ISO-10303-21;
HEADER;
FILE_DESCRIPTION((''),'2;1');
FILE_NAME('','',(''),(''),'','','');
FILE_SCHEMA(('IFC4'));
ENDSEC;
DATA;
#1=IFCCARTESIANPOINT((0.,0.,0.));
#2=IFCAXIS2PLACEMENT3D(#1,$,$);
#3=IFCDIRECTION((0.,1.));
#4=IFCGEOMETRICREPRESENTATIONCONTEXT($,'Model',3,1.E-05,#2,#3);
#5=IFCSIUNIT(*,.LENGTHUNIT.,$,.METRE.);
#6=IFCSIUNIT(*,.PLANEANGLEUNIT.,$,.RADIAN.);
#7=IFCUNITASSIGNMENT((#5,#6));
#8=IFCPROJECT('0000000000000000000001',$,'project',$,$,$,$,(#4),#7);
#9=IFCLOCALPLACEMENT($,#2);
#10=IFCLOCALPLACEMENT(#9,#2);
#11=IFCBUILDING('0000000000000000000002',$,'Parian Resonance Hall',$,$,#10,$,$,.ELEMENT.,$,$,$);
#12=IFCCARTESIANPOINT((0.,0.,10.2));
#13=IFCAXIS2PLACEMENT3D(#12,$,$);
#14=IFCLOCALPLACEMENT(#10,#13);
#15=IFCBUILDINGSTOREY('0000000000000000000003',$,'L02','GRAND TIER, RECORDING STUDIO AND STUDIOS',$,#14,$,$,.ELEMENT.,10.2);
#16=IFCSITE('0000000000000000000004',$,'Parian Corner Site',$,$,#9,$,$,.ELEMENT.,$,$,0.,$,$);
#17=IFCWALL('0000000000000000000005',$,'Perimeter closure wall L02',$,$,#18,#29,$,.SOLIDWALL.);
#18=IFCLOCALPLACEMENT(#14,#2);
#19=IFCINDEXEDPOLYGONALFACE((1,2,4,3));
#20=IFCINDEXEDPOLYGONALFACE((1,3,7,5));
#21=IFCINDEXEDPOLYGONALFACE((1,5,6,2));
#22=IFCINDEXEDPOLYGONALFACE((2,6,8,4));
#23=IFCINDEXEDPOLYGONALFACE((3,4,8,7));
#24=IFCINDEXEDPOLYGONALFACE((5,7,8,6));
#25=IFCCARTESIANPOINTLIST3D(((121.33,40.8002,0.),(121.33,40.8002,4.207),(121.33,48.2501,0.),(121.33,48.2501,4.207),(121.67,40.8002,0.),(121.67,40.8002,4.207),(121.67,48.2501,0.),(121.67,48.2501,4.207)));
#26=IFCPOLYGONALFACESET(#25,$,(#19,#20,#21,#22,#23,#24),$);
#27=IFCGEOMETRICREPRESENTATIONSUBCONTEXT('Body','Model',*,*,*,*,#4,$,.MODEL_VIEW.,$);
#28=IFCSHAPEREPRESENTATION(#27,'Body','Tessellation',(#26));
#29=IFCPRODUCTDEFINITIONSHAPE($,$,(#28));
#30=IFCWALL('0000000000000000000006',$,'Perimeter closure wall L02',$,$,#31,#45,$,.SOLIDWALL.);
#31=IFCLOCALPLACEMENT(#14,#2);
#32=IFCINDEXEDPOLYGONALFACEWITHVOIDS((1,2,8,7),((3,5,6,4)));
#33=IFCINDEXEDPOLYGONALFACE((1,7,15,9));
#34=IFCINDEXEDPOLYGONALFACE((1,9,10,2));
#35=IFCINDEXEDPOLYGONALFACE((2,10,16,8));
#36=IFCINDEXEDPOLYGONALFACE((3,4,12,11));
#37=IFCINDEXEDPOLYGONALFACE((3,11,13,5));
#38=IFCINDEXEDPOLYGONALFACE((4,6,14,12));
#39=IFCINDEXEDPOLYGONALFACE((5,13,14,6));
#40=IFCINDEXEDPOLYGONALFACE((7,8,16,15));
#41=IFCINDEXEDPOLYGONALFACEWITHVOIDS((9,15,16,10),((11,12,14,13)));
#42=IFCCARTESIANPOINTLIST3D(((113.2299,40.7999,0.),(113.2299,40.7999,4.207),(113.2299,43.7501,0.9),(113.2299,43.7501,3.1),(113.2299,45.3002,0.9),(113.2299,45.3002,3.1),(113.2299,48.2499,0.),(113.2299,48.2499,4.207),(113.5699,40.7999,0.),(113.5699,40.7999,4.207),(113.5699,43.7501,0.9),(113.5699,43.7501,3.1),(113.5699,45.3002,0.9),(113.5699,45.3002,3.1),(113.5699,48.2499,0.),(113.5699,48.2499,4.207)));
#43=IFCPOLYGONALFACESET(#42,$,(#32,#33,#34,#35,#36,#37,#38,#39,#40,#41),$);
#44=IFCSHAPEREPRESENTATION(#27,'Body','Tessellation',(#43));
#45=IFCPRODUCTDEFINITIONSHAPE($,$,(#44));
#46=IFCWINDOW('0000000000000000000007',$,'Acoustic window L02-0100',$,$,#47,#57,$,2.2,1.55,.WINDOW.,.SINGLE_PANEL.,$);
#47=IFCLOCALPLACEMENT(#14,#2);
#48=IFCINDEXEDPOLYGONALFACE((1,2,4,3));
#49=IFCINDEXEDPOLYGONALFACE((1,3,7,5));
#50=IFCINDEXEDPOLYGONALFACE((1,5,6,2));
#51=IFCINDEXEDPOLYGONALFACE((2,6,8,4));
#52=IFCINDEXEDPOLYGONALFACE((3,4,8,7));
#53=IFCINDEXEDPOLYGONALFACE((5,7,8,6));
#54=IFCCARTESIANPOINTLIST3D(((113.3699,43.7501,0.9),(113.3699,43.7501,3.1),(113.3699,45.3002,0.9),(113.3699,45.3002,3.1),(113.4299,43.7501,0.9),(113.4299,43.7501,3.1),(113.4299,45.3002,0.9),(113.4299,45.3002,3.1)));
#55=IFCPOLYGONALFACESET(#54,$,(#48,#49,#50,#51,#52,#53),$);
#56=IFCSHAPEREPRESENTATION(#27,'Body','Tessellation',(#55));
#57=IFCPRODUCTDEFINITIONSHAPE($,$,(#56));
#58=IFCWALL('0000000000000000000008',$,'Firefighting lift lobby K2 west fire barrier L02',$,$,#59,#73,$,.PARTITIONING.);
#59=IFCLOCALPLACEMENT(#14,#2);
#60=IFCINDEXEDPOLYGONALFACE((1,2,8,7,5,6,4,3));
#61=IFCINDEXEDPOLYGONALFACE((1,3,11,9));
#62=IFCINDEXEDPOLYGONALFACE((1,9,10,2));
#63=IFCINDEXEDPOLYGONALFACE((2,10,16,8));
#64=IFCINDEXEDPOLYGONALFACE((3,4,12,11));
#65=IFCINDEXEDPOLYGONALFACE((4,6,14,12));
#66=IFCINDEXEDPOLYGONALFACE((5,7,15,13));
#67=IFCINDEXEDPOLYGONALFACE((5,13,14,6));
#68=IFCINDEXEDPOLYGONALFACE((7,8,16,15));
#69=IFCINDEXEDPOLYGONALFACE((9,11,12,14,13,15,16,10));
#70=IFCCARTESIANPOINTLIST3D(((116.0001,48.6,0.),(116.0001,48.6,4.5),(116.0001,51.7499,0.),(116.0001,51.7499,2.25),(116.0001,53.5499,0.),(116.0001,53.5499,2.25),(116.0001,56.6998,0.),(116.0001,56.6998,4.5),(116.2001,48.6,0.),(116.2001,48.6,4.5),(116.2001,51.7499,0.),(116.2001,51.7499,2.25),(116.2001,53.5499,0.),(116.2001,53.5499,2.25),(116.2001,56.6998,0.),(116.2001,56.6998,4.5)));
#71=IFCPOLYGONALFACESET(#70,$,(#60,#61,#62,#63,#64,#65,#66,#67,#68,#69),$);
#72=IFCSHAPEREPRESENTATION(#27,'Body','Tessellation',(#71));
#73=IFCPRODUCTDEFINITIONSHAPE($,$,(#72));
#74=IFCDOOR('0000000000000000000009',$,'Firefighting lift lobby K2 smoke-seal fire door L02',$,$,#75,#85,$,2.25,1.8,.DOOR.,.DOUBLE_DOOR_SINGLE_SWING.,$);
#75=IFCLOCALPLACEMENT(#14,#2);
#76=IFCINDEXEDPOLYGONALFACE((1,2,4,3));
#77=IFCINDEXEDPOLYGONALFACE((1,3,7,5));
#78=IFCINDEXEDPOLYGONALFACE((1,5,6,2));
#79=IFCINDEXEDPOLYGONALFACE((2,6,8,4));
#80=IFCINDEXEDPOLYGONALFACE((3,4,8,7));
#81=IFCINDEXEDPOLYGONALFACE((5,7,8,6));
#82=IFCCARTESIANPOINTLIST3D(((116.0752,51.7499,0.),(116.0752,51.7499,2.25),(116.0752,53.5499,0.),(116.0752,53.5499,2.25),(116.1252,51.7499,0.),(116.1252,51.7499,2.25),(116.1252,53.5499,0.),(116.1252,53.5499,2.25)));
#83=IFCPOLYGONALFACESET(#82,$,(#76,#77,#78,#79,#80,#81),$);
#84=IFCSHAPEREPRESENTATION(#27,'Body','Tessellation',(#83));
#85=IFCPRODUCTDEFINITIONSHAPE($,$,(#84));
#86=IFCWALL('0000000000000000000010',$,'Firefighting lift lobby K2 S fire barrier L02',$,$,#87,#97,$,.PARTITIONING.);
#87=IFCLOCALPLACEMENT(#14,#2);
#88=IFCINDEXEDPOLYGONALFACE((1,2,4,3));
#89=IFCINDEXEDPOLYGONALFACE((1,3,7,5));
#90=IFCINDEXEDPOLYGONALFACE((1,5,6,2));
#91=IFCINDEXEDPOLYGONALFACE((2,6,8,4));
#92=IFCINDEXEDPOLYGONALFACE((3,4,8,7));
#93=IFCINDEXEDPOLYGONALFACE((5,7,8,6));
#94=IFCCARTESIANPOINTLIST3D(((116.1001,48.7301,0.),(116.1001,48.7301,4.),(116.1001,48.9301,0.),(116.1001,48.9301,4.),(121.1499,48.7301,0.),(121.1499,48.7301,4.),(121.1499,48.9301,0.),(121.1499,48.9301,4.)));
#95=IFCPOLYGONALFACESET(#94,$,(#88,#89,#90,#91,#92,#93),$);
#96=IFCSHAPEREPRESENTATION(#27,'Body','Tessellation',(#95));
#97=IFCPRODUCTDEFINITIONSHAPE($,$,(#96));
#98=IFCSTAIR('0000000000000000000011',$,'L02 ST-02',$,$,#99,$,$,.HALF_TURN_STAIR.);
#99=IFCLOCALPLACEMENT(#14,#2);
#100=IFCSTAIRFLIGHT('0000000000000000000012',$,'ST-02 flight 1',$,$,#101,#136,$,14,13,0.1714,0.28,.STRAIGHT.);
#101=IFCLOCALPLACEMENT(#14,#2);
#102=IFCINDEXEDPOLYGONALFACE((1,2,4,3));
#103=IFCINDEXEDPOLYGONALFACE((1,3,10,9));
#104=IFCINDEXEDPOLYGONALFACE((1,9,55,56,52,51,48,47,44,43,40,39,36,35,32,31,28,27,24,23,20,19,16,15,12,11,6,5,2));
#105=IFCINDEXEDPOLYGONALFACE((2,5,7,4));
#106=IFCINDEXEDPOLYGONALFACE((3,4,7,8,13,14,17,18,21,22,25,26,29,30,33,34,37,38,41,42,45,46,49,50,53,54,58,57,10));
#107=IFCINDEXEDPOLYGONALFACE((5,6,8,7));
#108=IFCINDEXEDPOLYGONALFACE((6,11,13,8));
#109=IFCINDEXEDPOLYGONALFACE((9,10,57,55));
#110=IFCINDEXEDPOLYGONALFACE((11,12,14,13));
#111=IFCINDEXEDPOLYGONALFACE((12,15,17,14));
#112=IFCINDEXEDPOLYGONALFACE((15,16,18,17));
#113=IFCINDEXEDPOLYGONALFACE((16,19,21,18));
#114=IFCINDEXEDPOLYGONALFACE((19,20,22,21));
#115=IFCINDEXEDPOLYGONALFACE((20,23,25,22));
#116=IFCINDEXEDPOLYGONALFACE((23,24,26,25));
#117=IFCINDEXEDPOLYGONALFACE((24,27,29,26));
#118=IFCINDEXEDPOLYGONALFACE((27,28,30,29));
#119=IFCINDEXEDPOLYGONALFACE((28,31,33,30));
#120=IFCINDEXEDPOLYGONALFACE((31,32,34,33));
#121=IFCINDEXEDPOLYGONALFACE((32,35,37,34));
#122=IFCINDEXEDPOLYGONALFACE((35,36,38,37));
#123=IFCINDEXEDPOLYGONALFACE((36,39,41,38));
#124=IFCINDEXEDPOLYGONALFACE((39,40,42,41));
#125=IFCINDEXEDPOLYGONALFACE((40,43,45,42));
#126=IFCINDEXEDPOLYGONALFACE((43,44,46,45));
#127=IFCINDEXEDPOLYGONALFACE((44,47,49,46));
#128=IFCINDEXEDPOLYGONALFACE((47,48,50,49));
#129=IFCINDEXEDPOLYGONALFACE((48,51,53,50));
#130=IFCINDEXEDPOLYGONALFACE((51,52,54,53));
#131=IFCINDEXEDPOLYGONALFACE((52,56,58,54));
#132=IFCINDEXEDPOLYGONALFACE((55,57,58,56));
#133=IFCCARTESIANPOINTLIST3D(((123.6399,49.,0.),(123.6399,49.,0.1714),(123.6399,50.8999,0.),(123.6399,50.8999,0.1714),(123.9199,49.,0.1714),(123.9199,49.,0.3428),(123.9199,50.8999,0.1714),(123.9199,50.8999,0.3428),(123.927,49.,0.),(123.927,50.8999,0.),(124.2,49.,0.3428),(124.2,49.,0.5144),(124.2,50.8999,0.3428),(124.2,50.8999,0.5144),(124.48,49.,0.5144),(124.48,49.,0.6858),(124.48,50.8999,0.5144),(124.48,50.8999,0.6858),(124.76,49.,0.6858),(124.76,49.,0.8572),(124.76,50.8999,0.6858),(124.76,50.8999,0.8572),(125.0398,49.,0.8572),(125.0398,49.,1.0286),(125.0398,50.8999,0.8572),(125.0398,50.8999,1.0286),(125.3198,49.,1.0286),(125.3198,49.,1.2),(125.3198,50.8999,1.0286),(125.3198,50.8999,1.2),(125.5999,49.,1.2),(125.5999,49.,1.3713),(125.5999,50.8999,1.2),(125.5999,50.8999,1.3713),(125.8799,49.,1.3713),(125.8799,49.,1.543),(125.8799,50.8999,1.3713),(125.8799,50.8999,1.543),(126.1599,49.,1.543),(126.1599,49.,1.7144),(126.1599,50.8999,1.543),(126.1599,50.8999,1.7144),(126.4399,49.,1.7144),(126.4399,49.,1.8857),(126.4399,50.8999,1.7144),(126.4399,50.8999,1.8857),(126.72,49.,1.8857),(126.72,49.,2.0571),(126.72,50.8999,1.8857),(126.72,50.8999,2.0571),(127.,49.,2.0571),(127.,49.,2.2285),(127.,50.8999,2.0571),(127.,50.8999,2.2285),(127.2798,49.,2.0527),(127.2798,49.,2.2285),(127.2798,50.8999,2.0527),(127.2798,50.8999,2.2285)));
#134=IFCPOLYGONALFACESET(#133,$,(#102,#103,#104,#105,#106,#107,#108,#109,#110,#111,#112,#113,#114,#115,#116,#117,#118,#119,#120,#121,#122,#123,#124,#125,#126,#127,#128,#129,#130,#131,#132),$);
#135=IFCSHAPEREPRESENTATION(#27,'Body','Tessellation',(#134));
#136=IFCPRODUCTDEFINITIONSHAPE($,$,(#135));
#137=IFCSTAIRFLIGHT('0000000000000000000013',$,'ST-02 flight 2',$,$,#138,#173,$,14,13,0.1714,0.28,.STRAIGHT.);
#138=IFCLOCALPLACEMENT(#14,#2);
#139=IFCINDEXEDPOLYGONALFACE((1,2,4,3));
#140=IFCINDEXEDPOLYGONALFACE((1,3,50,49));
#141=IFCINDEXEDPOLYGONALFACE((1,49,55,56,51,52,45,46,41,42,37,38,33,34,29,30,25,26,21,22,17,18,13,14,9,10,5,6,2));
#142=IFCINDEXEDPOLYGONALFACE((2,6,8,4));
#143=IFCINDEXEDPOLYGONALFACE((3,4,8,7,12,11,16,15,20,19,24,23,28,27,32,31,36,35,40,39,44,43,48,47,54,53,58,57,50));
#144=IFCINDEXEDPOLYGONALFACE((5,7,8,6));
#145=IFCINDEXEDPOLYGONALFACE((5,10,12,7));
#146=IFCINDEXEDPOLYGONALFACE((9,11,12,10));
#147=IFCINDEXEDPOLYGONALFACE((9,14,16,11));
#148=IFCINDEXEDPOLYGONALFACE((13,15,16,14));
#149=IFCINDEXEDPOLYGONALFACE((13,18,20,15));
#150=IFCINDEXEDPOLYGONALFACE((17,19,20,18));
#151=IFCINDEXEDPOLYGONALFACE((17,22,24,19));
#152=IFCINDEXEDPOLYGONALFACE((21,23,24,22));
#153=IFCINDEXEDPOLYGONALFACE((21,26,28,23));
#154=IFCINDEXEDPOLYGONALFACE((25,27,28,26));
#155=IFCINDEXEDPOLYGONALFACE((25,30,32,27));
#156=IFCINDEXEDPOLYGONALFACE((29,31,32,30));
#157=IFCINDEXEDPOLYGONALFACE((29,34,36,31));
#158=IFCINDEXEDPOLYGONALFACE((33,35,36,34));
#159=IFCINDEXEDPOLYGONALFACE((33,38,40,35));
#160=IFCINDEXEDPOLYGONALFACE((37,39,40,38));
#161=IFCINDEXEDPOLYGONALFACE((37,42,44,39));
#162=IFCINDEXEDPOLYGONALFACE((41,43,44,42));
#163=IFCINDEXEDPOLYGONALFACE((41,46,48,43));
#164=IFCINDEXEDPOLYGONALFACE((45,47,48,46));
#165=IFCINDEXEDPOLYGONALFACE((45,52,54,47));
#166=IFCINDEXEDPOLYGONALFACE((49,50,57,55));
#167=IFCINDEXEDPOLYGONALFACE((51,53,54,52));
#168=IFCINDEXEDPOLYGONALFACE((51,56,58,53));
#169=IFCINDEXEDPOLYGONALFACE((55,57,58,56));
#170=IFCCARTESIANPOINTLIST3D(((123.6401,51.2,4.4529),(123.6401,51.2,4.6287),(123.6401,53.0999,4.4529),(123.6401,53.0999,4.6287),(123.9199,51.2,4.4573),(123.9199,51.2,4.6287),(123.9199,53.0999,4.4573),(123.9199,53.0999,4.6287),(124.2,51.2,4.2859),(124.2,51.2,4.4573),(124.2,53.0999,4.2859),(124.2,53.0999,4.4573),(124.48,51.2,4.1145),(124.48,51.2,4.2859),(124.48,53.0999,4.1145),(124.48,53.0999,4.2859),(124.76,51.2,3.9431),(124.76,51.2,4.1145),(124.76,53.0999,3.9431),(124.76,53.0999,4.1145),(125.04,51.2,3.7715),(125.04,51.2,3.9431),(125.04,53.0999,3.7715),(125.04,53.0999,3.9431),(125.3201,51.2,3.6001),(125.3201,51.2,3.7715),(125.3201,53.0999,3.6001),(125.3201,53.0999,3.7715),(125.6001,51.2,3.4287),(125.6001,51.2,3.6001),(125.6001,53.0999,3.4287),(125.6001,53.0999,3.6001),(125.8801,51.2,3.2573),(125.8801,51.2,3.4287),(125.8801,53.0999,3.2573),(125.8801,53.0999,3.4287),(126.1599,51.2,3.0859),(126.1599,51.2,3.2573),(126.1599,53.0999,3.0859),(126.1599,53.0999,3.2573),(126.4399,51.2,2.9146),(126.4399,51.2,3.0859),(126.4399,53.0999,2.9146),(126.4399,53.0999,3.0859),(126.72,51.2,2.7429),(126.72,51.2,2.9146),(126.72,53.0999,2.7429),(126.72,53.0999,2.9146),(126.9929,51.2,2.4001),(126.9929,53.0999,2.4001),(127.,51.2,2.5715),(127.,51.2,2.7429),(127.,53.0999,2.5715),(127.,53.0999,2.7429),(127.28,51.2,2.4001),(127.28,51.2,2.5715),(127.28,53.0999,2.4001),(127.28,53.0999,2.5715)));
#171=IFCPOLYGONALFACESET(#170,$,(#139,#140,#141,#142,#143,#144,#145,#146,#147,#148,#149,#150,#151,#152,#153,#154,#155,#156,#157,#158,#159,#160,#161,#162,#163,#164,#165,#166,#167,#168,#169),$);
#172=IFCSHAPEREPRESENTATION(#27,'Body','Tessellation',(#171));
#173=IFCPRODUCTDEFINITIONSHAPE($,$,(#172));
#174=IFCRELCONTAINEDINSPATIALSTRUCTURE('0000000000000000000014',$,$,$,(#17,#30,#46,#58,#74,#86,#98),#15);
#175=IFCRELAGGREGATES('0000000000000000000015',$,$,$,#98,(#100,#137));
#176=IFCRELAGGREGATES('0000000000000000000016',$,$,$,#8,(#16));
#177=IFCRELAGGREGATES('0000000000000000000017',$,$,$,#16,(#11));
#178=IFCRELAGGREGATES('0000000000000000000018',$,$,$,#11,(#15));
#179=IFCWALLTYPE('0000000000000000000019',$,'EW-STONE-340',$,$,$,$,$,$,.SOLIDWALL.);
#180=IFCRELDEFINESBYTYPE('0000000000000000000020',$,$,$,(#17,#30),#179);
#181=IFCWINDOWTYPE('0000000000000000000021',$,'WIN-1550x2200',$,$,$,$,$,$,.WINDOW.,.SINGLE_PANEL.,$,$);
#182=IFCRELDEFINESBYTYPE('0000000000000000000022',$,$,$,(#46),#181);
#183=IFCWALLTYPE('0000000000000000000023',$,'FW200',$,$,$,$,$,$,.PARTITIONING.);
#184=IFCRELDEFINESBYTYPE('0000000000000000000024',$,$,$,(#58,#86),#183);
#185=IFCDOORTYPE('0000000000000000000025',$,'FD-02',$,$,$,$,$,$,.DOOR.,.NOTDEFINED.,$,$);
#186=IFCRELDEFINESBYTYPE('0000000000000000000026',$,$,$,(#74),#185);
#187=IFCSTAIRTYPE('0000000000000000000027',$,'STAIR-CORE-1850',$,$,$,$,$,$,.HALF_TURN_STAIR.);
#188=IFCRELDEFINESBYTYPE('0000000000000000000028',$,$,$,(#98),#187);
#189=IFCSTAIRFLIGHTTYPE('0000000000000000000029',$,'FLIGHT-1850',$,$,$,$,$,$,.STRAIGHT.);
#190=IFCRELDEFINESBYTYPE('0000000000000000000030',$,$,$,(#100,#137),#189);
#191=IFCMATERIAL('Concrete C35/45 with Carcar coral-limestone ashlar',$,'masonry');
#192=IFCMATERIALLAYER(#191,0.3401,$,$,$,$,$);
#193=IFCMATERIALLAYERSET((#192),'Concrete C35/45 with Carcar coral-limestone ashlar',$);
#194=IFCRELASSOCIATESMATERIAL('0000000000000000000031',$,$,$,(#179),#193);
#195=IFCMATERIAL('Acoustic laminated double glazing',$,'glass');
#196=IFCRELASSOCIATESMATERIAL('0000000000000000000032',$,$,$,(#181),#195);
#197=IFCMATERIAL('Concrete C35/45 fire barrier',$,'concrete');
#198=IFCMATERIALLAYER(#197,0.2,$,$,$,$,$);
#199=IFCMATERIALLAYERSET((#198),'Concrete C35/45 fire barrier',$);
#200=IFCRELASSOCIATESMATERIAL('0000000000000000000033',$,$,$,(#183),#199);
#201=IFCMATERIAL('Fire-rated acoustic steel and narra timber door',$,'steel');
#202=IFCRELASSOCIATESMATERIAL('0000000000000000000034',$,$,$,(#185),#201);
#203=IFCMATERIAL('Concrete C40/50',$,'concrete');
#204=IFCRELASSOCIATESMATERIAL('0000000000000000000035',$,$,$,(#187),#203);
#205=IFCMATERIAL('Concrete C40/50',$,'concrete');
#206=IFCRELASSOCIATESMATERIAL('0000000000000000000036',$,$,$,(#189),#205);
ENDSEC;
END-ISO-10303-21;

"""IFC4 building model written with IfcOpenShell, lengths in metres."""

from ifc_helpers import new_model, si_unit, direction, frame, frame_2d, origin, place, context, subcontext, project, spatial, polyline, rectangle, outline, extrude, material, layer, layer_set, type_object, element, fill, aggregate, save


model = new_model("IFC4")

# Units and contexts
model_context = context("Model", 3, precision=1e-05, world=origin(), true_north=direction((0.0, 1.0)))
body_context = subcontext(model_context, "Body", "Model", "MODEL_VIEW")
ifc_project = project(units=[si_unit("LENGTHUNIT", "METRE"), si_unit("PLANEANGLEUNIT", "RADIAN")], contexts=[model_context])

# Site, building, storey
site_placement = place(None, origin())
site = spatial("IfcSite", under=ifc_project, at=site_placement, Name="Parian Corner Site", CompositionType="ELEMENT", RefElevation=0.0)
building_placement = place(site_placement, origin())
building = spatial("IfcBuilding", under=site, at=building_placement, Name="Parian Resonance Hall", CompositionType="ELEMENT")
storey_placement = place(building_placement, frame((0.0, 0.0, 10.2)))
storey = spatial("IfcBuildingStorey", under=building, at=storey_placement, Name="L02", Description="GRAND TIER, RECORDING STUDIO AND STUDIOS", CompositionType="ELEMENT", Elevation=10.2)

# Wall
ifc_material_1 = material(Name="Concrete C35/45 with Carcar coral-limestone ashlar", Category="masonry")
ifc_layer_1 = layer(ifc_material_1, 0.3401)
ifc_layer_set_1 = layer_set([ifc_layer_1], Name="Concrete C35/45 with Carcar coral-limestone ashlar")
wall_type_1 = type_object("IfcWallType", Name="EW-STONE-340", PredefinedType="SOLIDWALL", material=ifc_layer_set_1)
wall_1_placement = place(storey_placement, frame((121.5, 40.8, 0.0), z_axis=(0.0, 0.0, 1.0), x_axis=(0.0, 1.0, 0.0)))
element("IfcWall", 1, at=wall_1_placement, inside=storey, type_object=wall_type_1, Name="Perimeter closure wall L02", PredefinedType="SOLIDWALL", context=body_context, shape_type="SweptSolid", body=[
    extrude(rectangle(XDim=7.45, YDim=0.3401, at=frame_2d((3.7251, 0.0))), origin(), (0.0, 0.0, 1.0), 4.207),
])

# Wall, opening, window
wall_2_placement = place(storey_placement, frame((113.3999, 48.25, 0.0), z_axis=(0.0, 0.0, 1.0), x_axis=(0.0, -1.0, 0.0)))
wall_2 = element("IfcWall", 2, at=wall_2_placement, inside=storey, type_object=wall_type_1, Name="Perimeter closure wall L02", PredefinedType="SOLIDWALL", context=body_context, shape_type="SweptSolid", body=[
    extrude(rectangle(XDim=7.45, YDim=0.3401, at=frame_2d((3.7251, 0.0))), origin(), (0.0, 0.0, 1.0), 4.207),
])
opening_1_placement = place(wall_2_placement, frame((2.95, 0.0, 0.8999)))
opening_1 = element("IfcOpeningElement", 3, at=opening_1_placement, cuts=wall_2, PredefinedType="OPENING", context=body_context, shape_type="SweptSolid", body=[
    extrude(rectangle(XDim=1.55, YDim=2.2, at=frame_2d((0.7749, 1.1001))), frame((0.0, 0.1799, 0.0), z_axis=(0.0, -1.0, 0.0), x_axis=(1.0, 0.0, 0.0)), (0.0, 0.0, 1.0), 0.3601),
])
ifc_material_2 = material(Name="Acoustic laminated double glazing", Category="glass")
window_type = type_object("IfcWindowType", Name="WIN-1550x2200", PartitioningType="SINGLE_PANEL", PredefinedType="WINDOW", material=ifc_material_2)
window_placement = place(opening_1_placement, origin())
window = element("IfcWindow", 4, at=window_placement, inside=storey, type_object=window_type, Name="Acoustic window L02-0100", OverallHeight=2.2, OverallWidth=1.55, PartitioningType="SINGLE_PANEL", PredefinedType="WINDOW", context=body_context, shape_type="SweptSolid", body=[
    extrude(rectangle(XDim=1.55, YDim=2.2, at=frame_2d((0.7749, 1.1001))), frame((0.0, 0.03, 0.0), z_axis=(0.0, -1.0, 0.0), x_axis=(1.0, 0.0, 0.0)), (0.0, 0.0, 1.0), 0.0601),
])
fill(opening_1, window)

# Wall, opening, door
ifc_material_3 = material(Name="Concrete C35/45 fire barrier", Category="concrete")
ifc_layer_2 = layer(ifc_material_3, 0.2)
ifc_layer_set_2 = layer_set([ifc_layer_2], Name="Concrete C35/45 fire barrier")
wall_type_2 = type_object("IfcWallType", Name="FW200", PredefinedType="PARTITIONING", material=ifc_layer_set_2)
wall_3_placement = place(storey_placement, frame((116.1001, 48.6001, 0.0), z_axis=(0.0, 0.0, 1.0), x_axis=(0.0, 1.0, 0.0)))
wall_3 = element("IfcWall", 5, at=wall_3_placement, inside=storey, type_object=wall_type_2, Name="Firefighting lift lobby K2 west fire barrier L02", PredefinedType="PARTITIONING", context=body_context, shape_type="SweptSolid", body=[
    extrude(rectangle(XDim=8.0999, YDim=0.2, at=frame_2d((4.0498, 0.0))), origin(), (0.0, 0.0, 1.0), 4.5),
])
opening_2_placement = place(wall_3_placement, frame((3.1499, 0.0, 0.0)))
opening_2 = element("IfcOpeningElement", 6, at=opening_2_placement, cuts=wall_3, PredefinedType="OPENING", context=body_context, shape_type="SweptSolid", body=[
    extrude(rectangle(XDim=1.8, YDim=2.25, at=frame_2d((0.8999, 1.125))), frame((0.0, 0.1099, 0.0), z_axis=(0.0, -1.0, 0.0), x_axis=(1.0, 0.0, 0.0)), (0.0, 0.0, 1.0), 0.22),
])
ifc_material_4 = material(Name="Fire-rated acoustic steel and narra timber door", Category="steel")
door_type_1 = type_object("IfcDoorType", Name="FD-02", OperationType="NOTDEFINED", PredefinedType="DOOR", material=ifc_material_4)
door_1_placement = place(opening_2_placement, origin())
door_1 = element("IfcDoor", 7, at=door_1_placement, inside=storey, type_object=door_type_1, Name="Firefighting lift lobby K2 smoke-seal fire door L02", OperationType="DOUBLE_DOOR_SINGLE_SWING", OverallHeight=2.25, OverallWidth=1.8, PredefinedType="DOOR", context=body_context, shape_type="SweptSolid", body=[
    extrude(rectangle(XDim=1.8, YDim=2.25, at=frame_2d((0.8999, 1.125))), frame((0.0, 0.0249, 0.0), z_axis=(0.0, -1.0, 0.0), x_axis=(1.0, 0.0, 0.0)), (0.0, 0.0, 1.0), 0.05),
])
fill(opening_2, door_1)

# Wall
wall_4_placement = place(storey_placement, frame((121.1499, 48.8301, 0.0), z_axis=(0.0, 0.0, 1.0), x_axis=(-1.0, 0.0, 0.0)))
element("IfcWall", 8, at=wall_4_placement, inside=storey, type_object=wall_type_2, Name="Firefighting lift lobby K2 S fire barrier L02", PredefinedType="PARTITIONING", context=body_context, shape_type="SweptSolid", body=[
    extrude(rectangle(XDim=5.0498, YDim=0.2, at=frame_2d((2.5249, 0.0))), origin(), (0.0, 0.0, 1.0), 4.0),
])

# Stair, stair flights
ifc_material_5 = material(Name="Concrete C40/50", Category="concrete")
stair_type = type_object("IfcStairType", Name="STAIR-CORE-1850", PredefinedType="HALF_TURN_STAIR", material=ifc_material_5)
stair_placement = place(storey_placement, origin())
stair = element("IfcStair", 9, at=stair_placement, inside=storey, type_object=stair_type, Name="L02 ST-02", PredefinedType="HALF_TURN_STAIR")
ifc_material_6 = material(Name="Concrete C40/50", Category="concrete")
stair_flight_type = type_object("IfcStairFlightType", Name="FLIGHT-1850", PredefinedType="STRAIGHT", material=ifc_material_6)
stair_flight_1_placement = place(storey_placement, frame((123.6399, 49.95, 0.0), z_axis=(0.0, 0.0, 1.0), x_axis=(1.0, 0.0, 0.0)))
stair_flight_1 = element("IfcStairFlight", 10, at=stair_flight_1_placement, type_object=stair_flight_type, Name="ST-02 flight 1", NumberOfRisers=14, NumberOfTreads=13, PredefinedType="STRAIGHT", RiserHeight=0.1714, TreadLength=0.28, context=body_context, shape_type="SweptSolid", body=[
    extrude(outline(polyline([(0.0, 0.0), (0.0, 0.1714), (0.28, 0.1714), (0.28, 0.3428), (0.5601, 0.3428), (0.5601, 0.5144), (0.8401, 0.5144), (0.8401, 0.6858), (1.1201, 0.6858), (1.1201, 0.8572), (1.3999, 0.8572), (1.3999, 1.0286), (1.6799, 1.0286), (1.6799, 1.2), (1.96, 1.2), (1.96, 1.3713), (2.24, 1.3713), (2.24, 1.543), (2.52, 1.543), (2.52, 1.7144), (2.8, 1.7144), (2.8, 1.8857), (3.0801, 1.8857), (3.0801, 2.0571), (3.3601, 2.0571), (3.3601, 2.2285), (3.6399, 2.2285), (3.6399, 2.3999), (3.6399, 2.0527), (0.2871, 0.0), (0.0, 0.0)])), frame((0.0, 0.95, 0.0), z_axis=(0.0, -1.0, 0.0), x_axis=(1.0, 0.0, 0.0)), (0.0, 0.0, 1.0), 1.8999),
])
stair_flight_2_placement = place(storey_placement, frame((127.28, 52.1499, 2.4001), z_axis=(0.0, 0.0, 1.0), x_axis=(-1.0, 0.0, 0.0)))
stair_flight_2 = element("IfcStairFlight", 11, at=stair_flight_2_placement, type_object=stair_flight_type, Name="ST-02 flight 2", NumberOfRisers=14, NumberOfTreads=13, PredefinedType="STRAIGHT", RiserHeight=0.1714, TreadLength=0.28, context=body_context, shape_type="SweptSolid", body=[
    extrude(outline(polyline([(0.0, 0.0), (0.0, 0.1714), (0.28, 0.1714), (0.28, 0.3428), (0.5601, 0.3428), (0.5601, 0.5144), (0.8401, 0.5144), (0.8401, 0.6858), (1.1201, 0.6858), (1.1201, 0.8572), (1.3999, 0.8572), (1.3999, 1.0286), (1.6799, 1.0286), (1.6799, 1.2), (1.96, 1.2), (1.96, 1.3713), (2.24, 1.3713), (2.24, 1.543), (2.52, 1.543), (2.52, 1.7144), (2.8, 1.7144), (2.8, 1.8857), (3.0801, 1.8857), (3.0801, 2.0571), (3.3601, 2.0571), (3.3601, 2.2285), (3.6399, 2.2285), (3.6399, 2.3999), (3.6399, 2.0527), (0.2871, 0.0), (0.0, 0.0)])), frame((0.0, 0.95, 0.0), z_axis=(0.0, -1.0, 0.0), x_axis=(1.0, 0.0, 0.0)), (0.0, 0.0, 1.0), 1.8999),
])
aggregate(stair, [stair_flight_1, stair_flight_2])

save(model, "model.ifc")
